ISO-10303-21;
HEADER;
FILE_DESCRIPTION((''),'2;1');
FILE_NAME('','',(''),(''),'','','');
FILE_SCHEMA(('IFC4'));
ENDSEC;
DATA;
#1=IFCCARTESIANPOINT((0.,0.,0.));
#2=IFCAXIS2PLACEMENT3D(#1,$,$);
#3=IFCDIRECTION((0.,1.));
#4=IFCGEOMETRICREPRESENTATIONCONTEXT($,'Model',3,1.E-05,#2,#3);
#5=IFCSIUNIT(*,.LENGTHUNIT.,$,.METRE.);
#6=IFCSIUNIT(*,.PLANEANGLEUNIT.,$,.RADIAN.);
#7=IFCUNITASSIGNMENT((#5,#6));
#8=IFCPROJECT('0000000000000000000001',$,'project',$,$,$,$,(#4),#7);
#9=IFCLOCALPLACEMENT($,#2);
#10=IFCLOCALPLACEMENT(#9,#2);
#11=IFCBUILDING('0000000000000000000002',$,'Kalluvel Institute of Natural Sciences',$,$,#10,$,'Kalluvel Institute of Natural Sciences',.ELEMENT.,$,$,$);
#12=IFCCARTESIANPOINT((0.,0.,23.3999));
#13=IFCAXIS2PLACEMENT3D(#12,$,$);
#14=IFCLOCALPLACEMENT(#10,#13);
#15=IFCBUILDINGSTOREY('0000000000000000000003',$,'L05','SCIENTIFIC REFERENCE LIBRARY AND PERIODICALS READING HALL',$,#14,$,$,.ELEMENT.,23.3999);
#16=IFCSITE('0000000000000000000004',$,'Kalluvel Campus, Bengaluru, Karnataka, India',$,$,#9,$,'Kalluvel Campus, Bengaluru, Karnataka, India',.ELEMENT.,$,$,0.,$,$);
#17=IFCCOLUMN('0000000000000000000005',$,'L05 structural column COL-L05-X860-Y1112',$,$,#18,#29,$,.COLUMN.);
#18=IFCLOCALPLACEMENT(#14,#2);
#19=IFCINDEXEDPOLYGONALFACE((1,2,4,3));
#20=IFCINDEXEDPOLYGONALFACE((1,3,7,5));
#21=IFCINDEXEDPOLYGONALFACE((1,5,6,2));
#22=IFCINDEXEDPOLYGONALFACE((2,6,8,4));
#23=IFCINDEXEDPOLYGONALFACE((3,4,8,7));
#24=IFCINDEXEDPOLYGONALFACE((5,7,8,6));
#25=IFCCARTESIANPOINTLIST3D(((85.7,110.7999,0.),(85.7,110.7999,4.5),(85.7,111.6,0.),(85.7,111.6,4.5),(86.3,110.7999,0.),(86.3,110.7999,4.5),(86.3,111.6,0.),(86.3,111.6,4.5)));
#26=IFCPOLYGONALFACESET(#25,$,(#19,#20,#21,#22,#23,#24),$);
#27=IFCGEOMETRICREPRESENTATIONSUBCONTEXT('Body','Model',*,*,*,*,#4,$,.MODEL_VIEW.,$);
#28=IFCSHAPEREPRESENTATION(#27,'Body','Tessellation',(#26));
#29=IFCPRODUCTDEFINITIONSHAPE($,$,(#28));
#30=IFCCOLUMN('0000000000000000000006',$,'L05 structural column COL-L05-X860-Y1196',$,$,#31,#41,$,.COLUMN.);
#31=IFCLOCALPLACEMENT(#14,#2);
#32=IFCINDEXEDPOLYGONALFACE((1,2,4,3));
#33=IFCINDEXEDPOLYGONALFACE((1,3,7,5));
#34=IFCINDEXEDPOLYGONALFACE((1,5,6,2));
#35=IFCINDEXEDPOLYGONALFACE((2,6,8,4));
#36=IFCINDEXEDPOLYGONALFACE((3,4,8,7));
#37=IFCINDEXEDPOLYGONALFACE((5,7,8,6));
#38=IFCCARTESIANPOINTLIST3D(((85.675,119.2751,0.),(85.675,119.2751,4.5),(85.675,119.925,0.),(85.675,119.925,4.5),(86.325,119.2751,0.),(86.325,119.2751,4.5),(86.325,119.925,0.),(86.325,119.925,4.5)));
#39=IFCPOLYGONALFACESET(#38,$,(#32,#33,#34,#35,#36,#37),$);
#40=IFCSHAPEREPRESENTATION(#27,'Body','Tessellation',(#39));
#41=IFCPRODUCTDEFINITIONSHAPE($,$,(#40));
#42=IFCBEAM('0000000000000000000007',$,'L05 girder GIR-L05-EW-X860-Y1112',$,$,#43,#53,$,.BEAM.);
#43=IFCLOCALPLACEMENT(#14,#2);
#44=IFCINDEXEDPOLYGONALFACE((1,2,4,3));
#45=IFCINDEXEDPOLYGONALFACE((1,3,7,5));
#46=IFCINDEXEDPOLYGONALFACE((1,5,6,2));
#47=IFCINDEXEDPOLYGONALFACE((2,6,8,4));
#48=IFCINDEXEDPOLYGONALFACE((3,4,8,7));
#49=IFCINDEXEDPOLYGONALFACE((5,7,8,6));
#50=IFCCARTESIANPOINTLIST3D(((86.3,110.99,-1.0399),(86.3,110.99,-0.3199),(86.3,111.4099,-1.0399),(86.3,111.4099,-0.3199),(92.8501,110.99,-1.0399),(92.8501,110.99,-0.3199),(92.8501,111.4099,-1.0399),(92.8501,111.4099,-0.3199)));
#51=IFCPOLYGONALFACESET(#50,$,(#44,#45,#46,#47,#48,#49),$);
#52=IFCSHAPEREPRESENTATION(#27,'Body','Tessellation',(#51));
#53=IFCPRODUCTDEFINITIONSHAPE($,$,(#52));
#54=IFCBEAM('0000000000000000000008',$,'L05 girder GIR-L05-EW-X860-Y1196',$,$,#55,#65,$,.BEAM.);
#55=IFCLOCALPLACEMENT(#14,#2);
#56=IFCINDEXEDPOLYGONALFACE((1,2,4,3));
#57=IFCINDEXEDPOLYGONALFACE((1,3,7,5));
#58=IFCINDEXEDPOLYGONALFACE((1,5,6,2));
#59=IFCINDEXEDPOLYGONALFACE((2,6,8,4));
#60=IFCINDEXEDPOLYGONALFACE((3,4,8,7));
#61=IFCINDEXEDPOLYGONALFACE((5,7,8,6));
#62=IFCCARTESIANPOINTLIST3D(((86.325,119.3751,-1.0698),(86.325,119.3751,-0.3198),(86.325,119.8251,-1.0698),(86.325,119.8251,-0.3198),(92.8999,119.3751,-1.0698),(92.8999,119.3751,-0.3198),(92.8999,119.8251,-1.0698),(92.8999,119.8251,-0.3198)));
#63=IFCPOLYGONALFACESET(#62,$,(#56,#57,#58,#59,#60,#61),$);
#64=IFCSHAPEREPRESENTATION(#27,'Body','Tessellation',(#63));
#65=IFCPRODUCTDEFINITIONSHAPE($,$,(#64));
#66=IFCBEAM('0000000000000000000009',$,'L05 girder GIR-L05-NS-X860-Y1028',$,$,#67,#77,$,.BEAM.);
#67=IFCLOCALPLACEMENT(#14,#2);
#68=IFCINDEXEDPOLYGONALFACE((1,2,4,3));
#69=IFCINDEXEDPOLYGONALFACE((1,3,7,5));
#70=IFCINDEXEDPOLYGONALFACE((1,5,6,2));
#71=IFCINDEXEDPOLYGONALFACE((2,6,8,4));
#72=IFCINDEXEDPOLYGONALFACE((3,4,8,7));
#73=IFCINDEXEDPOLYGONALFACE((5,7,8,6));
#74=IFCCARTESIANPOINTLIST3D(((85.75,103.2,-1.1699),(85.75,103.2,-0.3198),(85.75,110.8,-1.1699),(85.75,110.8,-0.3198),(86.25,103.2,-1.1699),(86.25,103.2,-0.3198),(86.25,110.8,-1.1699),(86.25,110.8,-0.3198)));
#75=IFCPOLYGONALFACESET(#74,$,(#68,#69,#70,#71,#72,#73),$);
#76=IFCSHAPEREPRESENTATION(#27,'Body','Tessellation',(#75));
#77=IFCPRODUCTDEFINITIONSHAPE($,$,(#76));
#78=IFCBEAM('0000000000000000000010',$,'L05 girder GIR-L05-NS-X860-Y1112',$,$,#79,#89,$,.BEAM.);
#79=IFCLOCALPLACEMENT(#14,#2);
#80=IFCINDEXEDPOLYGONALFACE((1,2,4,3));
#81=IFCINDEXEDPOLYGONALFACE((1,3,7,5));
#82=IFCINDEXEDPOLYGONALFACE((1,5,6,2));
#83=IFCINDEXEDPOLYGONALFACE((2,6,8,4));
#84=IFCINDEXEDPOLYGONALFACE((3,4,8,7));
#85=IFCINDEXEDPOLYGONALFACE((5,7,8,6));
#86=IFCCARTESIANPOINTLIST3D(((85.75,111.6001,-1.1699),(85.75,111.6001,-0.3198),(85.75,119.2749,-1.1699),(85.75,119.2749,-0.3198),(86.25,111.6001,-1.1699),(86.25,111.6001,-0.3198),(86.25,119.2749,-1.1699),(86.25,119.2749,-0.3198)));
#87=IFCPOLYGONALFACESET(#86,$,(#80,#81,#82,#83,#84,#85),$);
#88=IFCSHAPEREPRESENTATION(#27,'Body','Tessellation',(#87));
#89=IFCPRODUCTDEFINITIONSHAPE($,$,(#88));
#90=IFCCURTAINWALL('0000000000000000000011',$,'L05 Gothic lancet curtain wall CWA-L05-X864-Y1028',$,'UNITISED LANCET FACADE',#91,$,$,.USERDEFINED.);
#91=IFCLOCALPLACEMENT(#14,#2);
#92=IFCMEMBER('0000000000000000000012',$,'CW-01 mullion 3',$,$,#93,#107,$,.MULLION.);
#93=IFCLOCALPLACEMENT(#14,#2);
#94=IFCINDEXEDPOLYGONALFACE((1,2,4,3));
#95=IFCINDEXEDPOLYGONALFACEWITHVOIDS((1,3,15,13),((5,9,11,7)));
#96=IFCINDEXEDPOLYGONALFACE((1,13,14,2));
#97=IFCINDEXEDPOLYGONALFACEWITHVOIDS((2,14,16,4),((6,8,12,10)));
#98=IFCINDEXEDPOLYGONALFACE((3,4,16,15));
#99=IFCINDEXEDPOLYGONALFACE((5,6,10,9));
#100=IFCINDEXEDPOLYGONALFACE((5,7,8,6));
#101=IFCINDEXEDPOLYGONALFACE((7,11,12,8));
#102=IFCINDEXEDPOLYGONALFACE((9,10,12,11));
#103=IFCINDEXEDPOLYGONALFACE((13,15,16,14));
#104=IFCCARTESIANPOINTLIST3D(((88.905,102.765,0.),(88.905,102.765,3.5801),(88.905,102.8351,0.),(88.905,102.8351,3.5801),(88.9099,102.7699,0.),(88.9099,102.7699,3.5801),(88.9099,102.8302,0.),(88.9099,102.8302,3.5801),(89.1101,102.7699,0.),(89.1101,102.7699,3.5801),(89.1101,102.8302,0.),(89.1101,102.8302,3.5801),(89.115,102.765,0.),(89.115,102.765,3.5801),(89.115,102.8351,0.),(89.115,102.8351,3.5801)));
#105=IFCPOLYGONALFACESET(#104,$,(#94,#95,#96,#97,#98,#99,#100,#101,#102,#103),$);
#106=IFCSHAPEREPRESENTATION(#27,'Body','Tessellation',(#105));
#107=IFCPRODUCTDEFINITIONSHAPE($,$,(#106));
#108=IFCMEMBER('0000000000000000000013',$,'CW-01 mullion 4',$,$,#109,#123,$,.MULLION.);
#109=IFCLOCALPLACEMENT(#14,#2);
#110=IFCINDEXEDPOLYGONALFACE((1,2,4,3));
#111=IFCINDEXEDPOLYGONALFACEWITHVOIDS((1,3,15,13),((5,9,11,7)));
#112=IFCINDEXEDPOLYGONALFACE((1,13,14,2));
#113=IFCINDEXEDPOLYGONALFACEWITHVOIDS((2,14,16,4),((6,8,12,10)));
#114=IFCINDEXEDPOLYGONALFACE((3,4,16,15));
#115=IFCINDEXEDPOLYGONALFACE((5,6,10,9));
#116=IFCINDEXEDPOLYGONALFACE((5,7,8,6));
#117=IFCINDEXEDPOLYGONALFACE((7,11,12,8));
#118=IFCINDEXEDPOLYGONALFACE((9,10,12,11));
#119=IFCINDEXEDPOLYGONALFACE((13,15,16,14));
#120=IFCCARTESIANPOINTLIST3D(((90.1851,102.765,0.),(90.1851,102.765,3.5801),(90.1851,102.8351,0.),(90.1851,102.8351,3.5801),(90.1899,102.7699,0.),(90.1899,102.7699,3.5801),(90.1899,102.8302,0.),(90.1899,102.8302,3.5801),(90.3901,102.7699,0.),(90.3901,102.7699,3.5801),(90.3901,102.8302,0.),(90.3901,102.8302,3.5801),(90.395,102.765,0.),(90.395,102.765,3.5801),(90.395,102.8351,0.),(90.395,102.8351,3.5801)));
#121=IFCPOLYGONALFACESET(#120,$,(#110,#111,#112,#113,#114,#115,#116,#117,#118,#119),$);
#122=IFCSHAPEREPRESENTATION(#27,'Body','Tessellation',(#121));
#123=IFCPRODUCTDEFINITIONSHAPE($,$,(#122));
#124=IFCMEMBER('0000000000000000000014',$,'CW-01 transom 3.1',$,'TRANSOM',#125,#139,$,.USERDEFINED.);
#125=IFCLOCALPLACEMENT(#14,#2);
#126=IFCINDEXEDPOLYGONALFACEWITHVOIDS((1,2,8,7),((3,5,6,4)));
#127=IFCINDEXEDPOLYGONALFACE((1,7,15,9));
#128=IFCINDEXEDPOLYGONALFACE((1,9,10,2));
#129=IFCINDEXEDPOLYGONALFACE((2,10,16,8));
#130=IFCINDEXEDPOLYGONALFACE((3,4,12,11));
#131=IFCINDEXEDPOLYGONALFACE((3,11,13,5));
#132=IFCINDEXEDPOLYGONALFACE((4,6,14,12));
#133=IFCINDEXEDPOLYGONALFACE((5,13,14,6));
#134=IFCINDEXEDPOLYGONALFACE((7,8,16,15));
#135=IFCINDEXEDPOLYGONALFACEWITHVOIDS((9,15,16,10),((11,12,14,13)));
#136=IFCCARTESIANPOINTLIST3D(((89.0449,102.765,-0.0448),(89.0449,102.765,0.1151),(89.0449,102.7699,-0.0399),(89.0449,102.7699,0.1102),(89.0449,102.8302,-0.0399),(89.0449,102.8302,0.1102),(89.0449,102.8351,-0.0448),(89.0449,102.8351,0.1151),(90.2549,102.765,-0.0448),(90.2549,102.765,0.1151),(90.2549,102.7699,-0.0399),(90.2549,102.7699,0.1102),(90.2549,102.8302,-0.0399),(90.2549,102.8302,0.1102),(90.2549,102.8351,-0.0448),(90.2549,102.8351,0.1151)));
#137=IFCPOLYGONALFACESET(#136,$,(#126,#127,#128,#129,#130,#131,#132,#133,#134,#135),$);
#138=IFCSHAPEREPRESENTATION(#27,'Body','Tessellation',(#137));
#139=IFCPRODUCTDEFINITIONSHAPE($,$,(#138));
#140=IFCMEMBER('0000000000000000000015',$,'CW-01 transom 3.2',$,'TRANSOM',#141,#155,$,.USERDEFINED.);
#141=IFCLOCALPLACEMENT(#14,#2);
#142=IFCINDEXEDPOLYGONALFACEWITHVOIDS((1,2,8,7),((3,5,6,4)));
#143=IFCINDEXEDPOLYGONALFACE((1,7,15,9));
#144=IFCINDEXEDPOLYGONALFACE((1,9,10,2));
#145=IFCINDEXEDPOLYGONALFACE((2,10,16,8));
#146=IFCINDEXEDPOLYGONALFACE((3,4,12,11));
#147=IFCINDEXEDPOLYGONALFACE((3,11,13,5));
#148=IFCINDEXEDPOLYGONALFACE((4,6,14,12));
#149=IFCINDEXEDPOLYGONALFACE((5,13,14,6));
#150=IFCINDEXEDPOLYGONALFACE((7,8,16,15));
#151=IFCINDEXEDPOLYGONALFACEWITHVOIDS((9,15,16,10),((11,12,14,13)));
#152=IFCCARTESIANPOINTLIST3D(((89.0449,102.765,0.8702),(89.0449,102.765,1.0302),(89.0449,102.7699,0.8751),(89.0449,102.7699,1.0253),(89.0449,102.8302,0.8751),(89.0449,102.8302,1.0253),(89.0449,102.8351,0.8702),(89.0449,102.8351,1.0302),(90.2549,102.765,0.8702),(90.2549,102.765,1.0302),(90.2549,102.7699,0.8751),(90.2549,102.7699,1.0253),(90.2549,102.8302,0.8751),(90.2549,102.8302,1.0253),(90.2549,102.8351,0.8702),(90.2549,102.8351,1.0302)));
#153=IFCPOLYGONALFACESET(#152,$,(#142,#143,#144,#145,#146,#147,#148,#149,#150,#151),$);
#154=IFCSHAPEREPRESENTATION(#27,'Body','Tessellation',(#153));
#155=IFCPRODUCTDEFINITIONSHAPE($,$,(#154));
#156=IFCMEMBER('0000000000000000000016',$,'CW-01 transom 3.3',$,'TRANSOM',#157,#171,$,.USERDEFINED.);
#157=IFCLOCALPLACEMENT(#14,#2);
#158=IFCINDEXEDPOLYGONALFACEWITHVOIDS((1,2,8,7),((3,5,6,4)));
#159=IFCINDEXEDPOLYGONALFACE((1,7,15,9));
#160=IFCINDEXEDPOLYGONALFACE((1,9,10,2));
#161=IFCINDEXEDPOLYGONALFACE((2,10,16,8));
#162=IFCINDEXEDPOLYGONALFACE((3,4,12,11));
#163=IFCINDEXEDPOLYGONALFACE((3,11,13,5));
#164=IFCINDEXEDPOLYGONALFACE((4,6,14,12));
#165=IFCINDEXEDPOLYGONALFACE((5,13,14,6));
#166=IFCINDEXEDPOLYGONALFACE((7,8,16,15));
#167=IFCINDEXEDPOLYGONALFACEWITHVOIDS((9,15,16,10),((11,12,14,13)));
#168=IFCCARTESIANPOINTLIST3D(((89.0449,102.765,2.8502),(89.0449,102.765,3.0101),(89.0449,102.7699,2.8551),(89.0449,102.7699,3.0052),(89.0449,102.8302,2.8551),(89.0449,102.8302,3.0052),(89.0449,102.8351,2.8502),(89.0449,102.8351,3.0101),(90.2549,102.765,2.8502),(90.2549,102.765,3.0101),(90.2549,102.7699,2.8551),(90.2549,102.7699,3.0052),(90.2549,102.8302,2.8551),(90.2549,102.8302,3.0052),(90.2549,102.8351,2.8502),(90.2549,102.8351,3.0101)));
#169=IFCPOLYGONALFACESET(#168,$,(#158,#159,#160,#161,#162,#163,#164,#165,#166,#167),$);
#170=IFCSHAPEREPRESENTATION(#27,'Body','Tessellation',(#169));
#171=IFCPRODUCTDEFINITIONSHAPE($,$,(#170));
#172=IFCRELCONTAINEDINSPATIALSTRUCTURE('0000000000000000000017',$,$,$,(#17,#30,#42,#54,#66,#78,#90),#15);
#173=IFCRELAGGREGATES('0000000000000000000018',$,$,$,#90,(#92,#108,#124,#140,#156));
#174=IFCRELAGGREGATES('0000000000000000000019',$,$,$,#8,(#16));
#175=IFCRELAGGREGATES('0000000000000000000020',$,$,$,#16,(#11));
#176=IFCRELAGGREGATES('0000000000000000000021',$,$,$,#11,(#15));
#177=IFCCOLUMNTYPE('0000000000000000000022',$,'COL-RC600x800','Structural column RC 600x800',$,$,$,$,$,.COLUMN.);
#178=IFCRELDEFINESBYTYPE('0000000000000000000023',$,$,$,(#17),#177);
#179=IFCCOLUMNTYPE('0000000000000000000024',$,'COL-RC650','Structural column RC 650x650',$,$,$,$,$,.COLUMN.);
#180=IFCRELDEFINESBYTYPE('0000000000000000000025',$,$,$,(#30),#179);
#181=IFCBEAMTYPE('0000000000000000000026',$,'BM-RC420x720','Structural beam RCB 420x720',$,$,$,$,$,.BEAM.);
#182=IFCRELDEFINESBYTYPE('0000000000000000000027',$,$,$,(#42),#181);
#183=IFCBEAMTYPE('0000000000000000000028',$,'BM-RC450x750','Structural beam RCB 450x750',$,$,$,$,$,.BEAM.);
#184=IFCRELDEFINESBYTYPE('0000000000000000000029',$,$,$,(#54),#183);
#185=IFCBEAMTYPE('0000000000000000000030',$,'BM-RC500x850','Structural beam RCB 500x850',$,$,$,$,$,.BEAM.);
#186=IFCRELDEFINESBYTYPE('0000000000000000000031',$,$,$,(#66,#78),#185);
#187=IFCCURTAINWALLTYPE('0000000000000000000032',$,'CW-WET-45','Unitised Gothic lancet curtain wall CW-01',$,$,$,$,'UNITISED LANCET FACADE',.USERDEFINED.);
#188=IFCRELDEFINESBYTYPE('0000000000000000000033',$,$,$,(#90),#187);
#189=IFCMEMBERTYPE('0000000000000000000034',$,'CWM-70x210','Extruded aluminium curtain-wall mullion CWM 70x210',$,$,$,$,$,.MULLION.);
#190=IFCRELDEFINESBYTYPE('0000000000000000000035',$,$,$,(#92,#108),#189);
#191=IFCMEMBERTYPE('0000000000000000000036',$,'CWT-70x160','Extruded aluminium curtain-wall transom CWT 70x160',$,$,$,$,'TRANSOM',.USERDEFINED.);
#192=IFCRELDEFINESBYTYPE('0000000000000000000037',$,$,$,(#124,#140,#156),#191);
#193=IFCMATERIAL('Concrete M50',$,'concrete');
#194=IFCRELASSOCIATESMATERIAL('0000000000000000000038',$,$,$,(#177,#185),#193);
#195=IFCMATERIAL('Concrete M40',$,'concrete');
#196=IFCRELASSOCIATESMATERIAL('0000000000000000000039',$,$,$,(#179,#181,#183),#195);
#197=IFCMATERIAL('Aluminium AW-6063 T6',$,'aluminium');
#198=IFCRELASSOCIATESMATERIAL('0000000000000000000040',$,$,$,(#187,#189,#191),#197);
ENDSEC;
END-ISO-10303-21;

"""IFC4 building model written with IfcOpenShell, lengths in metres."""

from ifc_helpers import new_model, si_unit, direction, frame, origin, origin_2d, place, context, subcontext, project, spatial, rectangle, hollow_rectangle, extrude, material, material_profile, profile_set, type_object, element, aggregate, save


model = new_model("IFC4")

# Units and contexts
model_context = context("Model", 3, precision=1e-05, world=origin(), true_north=direction((0.0, 1.0)))
body_context = subcontext(model_context, "Body", "Model", "MODEL_VIEW")
ifc_project = project(units=[si_unit("LENGTHUNIT", "METRE"), si_unit("PLANEANGLEUNIT", "RADIAN")], contexts=[model_context])

# Site, building, storey
site_placement = place(None, origin())
site = spatial("IfcSite", under=ifc_project, at=site_placement, Name="Kalluvel Campus, Bengaluru, Karnataka, India", LongName="Kalluvel Campus, Bengaluru, Karnataka, India", CompositionType="ELEMENT", RefElevation=0.0)
building_placement = place(site_placement, origin())
building = spatial("IfcBuilding", under=site, at=building_placement, Name="Kalluvel Institute of Natural Sciences", LongName="Kalluvel Institute of Natural Sciences", CompositionType="ELEMENT")
storey_placement = place(building_placement, frame((0.0, 0.0, 23.3999)))
storey = spatial("IfcBuildingStorey", under=building, at=storey_placement, Name="L05", Description="SCIENTIFIC REFERENCE LIBRARY AND PERIODICALS READING HALL", CompositionType="ELEMENT", Elevation=23.3999)

# Columns
ifc_material_1 = material(Name="Concrete M50", Category="concrete")
ifc_material_profile_1 = material_profile(ifc_material_1, rectangle(XDim=0.6001, YDim=0.8, at=origin_2d()), Name="RC 600x800")
ifc_profile_set_1 = profile_set([ifc_material_profile_1], Name="Concrete M50")
column_type_1 = type_object("IfcColumnType", Name="COL-RC600x800", Description="Structural column RC 600x800", PredefinedType="COLUMN", material=ifc_profile_set_1)
column_1_placement = place(storey_placement, frame((86.0, 111.2, 0.0), z_axis=(0.0, 0.0, 1.0), x_axis=(1.0, 0.0, 0.0)))
element("IfcColumn", 1, at=column_1_placement, inside=storey, type_object=column_type_1, Name="L05 structural column COL-L05-X860-Y1112", PredefinedType="COLUMN", context=body_context, shape_type="SweptSolid", body=[
    extrude(rectangle(XDim=0.6001, YDim=0.8, at=origin_2d()), origin(), (0.0, 0.0, 1.0), 4.5),
])
ifc_material_2 = material(Name="Concrete M40", Category="concrete")
ifc_material_profile_2 = material_profile(ifc_material_2, rectangle(XDim=0.6499, YDim=0.6499, at=origin_2d()), Name="RC 650x650")
ifc_profile_set_2 = profile_set([ifc_material_profile_2], Name="Concrete M40")
column_type_2 = type_object("IfcColumnType", Name="COL-RC650", Description="Structural column RC 650x650", PredefinedType="COLUMN", material=ifc_profile_set_2)
column_2_placement = place(storey_placement, frame((86.0, 119.6001, 0.0), z_axis=(0.0, 0.0, 1.0), x_axis=(1.0, 0.0, 0.0)))
element("IfcColumn", 2, at=column_2_placement, inside=storey, type_object=column_type_2, Name="L05 structural column COL-L05-X860-Y1196", PredefinedType="COLUMN", context=body_context, shape_type="SweptSolid", body=[
    extrude(rectangle(XDim=0.6499, YDim=0.6499, at=origin_2d()), origin(), (0.0, 0.0, 1.0), 4.5),
])

# Beams
ifc_material_profile_3 = material_profile(ifc_material_2, rectangle(XDim=0.4199, YDim=0.72, at=origin_2d()), Name="RCB 420x720")
ifc_profile_set_3 = profile_set([ifc_material_profile_3], Name="Concrete M40")
beam_type_1 = type_object("IfcBeamType", Name="BM-RC420x720", Description="Structural beam RCB 420x720", PredefinedType="BEAM", material=ifc_profile_set_3)
beam_1_placement = place(storey_placement, frame((86.3, 111.2, -0.6799), z_axis=(1.0, 0.0, 0.0), x_axis=(0.0, 1.0, 0.0)))
element("IfcBeam", 3, at=beam_1_placement, inside=storey, type_object=beam_type_1, Name="L05 girder GIR-L05-EW-X860-Y1112", PredefinedType="BEAM", context=body_context, shape_type="SweptSolid", body=[
    extrude(rectangle(XDim=0.4199, YDim=0.72, at=origin_2d()), origin(), (0.0, 0.0, 1.0), 6.55),
])
ifc_material_profile_4 = material_profile(ifc_material_2, rectangle(XDim=0.45, YDim=0.75, at=origin_2d()), Name="RCB 450x750")
ifc_profile_set_4 = profile_set([ifc_material_profile_4], Name="Concrete M40")
beam_type_2 = type_object("IfcBeamType", Name="BM-RC450x750", Description="Structural beam RCB 450x750", PredefinedType="BEAM", material=ifc_profile_set_4)
beam_2_placement = place(storey_placement, frame((86.325, 119.6001, -0.6948), z_axis=(1.0, 0.0, 0.0), x_axis=(0.0, 1.0, 0.0)))
element("IfcBeam", 4, at=beam_2_placement, inside=storey, type_object=beam_type_2, Name="L05 girder GIR-L05-EW-X860-Y1196", PredefinedType="BEAM", context=body_context, shape_type="SweptSolid", body=[
    extrude(rectangle(XDim=0.45, YDim=0.75, at=origin_2d()), origin(), (0.0, 0.0, 1.0), 6.575),
])
ifc_material_profile_5 = material_profile(ifc_material_1, rectangle(XDim=0.5, YDim=0.8501, at=origin_2d()), Name="RCB 500x850")
ifc_profile_set_5 = profile_set([ifc_material_profile_5], Name="Concrete M50")
beam_type_3 = type_object("IfcBeamType", Name="BM-RC500x850", Description="Structural beam RCB 500x850", PredefinedType="BEAM", material=ifc_profile_set_5)
beam_3_placement = place(storey_placement, frame((86.0, 103.2, -0.7449), z_axis=(0.0, 1.0, 0.0), x_axis=(-1.0, 0.0, 0.0)))
element("IfcBeam", 5, at=beam_3_placement, inside=storey, type_object=beam_type_3, Name="L05 girder GIR-L05-NS-X860-Y1028", PredefinedType="BEAM", context=body_context, shape_type="SweptSolid", body=[
    extrude(rectangle(XDim=0.5, YDim=0.8501, at=origin_2d()), origin(), (0.0, 0.0, 1.0), 7.6001),
])
beam_4_placement = place(storey_placement, frame((86.0, 111.6001, -0.7449), z_axis=(0.0, 1.0, 0.0), x_axis=(-1.0, 0.0, 0.0)))
element("IfcBeam", 6, at=beam_4_placement, inside=storey, type_object=beam_type_3, Name="L05 girder GIR-L05-NS-X860-Y1112", PredefinedType="BEAM", context=body_context, shape_type="SweptSolid", body=[
    extrude(rectangle(XDim=0.5, YDim=0.8501, at=origin_2d()), origin(), (0.0, 0.0, 1.0), 7.6748),
])

# Curtain wall, members
ifc_material_3 = material(Name="Aluminium AW-6063 T6", Category="aluminium")
curtain_wall_type = type_object("IfcCurtainWallType", Name="CW-WET-45", Description="Unitised Gothic lancet curtain wall CW-01", ElementType="UNITISED LANCET FACADE", PredefinedType="USERDEFINED", material=ifc_material_3)
curtain_wall_placement = place(storey_placement, origin())
curtain_wall = element("IfcCurtainWall", 7, at=curtain_wall_placement, inside=storey, type_object=curtain_wall_type, Name="L05 Gothic lancet curtain wall CWA-L05-X864-Y1028", ObjectType="UNITISED LANCET FACADE", PredefinedType="USERDEFINED")
ifc_material_profile_6 = material_profile(ifc_material_3, hollow_rectangle(XDim=0.0701, YDim=0.21, WallThickness=0.0049, at=origin_2d()), Name="CWM 70x210")
ifc_profile_set_6 = profile_set([ifc_material_profile_6], Name="Aluminium AW-6063 T6")
member_type_1 = type_object("IfcMemberType", Name="CWM-70x210", Description="Extruded aluminium curtain-wall mullion CWM 70x210", PredefinedType="MULLION", material=ifc_profile_set_6)
member_1_placement = place(storey_placement, frame((89.01, 102.8, 0.0), z_axis=(0.0, 0.0, 1.0), x_axis=(0.0, 1.0, 0.0)))
member_1 = element("IfcMember", 8, at=member_1_placement, type_object=member_type_1, Name="CW-01 mullion 3", PredefinedType="MULLION", context=body_context, shape_type="SweptSolid", body=[
    extrude(hollow_rectangle(XDim=0.0701, YDim=0.21, WallThickness=0.0049, at=origin_2d()), origin(), (0.0, 0.0, 1.0), 3.5801),
])
member_2_placement = place(storey_placement, frame((90.29, 102.8, 0.0), z_axis=(0.0, 0.0, 1.0), x_axis=(0.0, 1.0, 0.0)))
member_2 = element("IfcMember", 9, at=member_2_placement, type_object=member_type_1, Name="CW-01 mullion 4", PredefinedType="MULLION", context=body_context, shape_type="SweptSolid", body=[
    extrude(hollow_rectangle(XDim=0.0701, YDim=0.21, WallThickness=0.0049, at=origin_2d()), origin(), (0.0, 0.0, 1.0), 3.5801),
])
ifc_material_profile_7 = material_profile(ifc_material_3, hollow_rectangle(XDim=0.0701, YDim=0.1599, WallThickness=0.0049, at=origin_2d()), Name="CWT 70x160")
ifc_profile_set_7 = profile_set([ifc_material_profile_7], Name="Aluminium AW-6063 T6")
member_type_2 = type_object("IfcMemberType", Name="CWT-70x160", Description="Extruded aluminium curtain-wall transom CWT 70x160", ElementType="TRANSOM", PredefinedType="USERDEFINED", material=ifc_profile_set_7)
member_3_placement = place(storey_placement, frame((89.0449, 102.8, 0.0352), z_axis=(1.0, 0.0, 0.0), x_axis=(0.0, 1.0, 0.0)))
member_3 = element("IfcMember", 10, at=member_3_placement, type_object=member_type_2, Name="CW-01 transom 3.1", ObjectType="TRANSOM", PredefinedType="USERDEFINED", context=body_context, shape_type="SweptSolid", body=[
    extrude(hollow_rectangle(XDim=0.0701, YDim=0.1599, WallThickness=0.0049, at=origin_2d()), origin(), (0.0, 0.0, 1.0), 1.21),
])
member_4_placement = place(storey_placement, frame((89.0449, 102.8, 0.9502), z_axis=(1.0, 0.0, 0.0), x_axis=(0.0, 1.0, 0.0)))
member_4 = element("IfcMember", 11, at=member_4_placement, type_object=member_type_2, Name="CW-01 transom 3.2", ObjectType="TRANSOM", PredefinedType="USERDEFINED", context=body_context, shape_type="SweptSolid", body=[
    extrude(hollow_rectangle(XDim=0.0701, YDim=0.1599, WallThickness=0.0049, at=origin_2d()), origin(), (0.0, 0.0, 1.0), 1.21),
])
member_5_placement = place(storey_placement, frame((89.0449, 102.8, 2.9302), z_axis=(1.0, 0.0, 0.0), x_axis=(0.0, 1.0, 0.0)))
member_5 = element("IfcMember", 12, at=member_5_placement, type_object=member_type_2, Name="CW-01 transom 3.3", ObjectType="TRANSOM", PredefinedType="USERDEFINED", context=body_context, shape_type="SweptSolid", body=[
    extrude(hollow_rectangle(XDim=0.0701, YDim=0.1599, WallThickness=0.0049, at=origin_2d()), origin(), (0.0, 0.0, 1.0), 1.21),
])

aggregate(curtain_wall, [member_1, member_2, member_3, member_4, member_5])

save(model, "model.ifc")
